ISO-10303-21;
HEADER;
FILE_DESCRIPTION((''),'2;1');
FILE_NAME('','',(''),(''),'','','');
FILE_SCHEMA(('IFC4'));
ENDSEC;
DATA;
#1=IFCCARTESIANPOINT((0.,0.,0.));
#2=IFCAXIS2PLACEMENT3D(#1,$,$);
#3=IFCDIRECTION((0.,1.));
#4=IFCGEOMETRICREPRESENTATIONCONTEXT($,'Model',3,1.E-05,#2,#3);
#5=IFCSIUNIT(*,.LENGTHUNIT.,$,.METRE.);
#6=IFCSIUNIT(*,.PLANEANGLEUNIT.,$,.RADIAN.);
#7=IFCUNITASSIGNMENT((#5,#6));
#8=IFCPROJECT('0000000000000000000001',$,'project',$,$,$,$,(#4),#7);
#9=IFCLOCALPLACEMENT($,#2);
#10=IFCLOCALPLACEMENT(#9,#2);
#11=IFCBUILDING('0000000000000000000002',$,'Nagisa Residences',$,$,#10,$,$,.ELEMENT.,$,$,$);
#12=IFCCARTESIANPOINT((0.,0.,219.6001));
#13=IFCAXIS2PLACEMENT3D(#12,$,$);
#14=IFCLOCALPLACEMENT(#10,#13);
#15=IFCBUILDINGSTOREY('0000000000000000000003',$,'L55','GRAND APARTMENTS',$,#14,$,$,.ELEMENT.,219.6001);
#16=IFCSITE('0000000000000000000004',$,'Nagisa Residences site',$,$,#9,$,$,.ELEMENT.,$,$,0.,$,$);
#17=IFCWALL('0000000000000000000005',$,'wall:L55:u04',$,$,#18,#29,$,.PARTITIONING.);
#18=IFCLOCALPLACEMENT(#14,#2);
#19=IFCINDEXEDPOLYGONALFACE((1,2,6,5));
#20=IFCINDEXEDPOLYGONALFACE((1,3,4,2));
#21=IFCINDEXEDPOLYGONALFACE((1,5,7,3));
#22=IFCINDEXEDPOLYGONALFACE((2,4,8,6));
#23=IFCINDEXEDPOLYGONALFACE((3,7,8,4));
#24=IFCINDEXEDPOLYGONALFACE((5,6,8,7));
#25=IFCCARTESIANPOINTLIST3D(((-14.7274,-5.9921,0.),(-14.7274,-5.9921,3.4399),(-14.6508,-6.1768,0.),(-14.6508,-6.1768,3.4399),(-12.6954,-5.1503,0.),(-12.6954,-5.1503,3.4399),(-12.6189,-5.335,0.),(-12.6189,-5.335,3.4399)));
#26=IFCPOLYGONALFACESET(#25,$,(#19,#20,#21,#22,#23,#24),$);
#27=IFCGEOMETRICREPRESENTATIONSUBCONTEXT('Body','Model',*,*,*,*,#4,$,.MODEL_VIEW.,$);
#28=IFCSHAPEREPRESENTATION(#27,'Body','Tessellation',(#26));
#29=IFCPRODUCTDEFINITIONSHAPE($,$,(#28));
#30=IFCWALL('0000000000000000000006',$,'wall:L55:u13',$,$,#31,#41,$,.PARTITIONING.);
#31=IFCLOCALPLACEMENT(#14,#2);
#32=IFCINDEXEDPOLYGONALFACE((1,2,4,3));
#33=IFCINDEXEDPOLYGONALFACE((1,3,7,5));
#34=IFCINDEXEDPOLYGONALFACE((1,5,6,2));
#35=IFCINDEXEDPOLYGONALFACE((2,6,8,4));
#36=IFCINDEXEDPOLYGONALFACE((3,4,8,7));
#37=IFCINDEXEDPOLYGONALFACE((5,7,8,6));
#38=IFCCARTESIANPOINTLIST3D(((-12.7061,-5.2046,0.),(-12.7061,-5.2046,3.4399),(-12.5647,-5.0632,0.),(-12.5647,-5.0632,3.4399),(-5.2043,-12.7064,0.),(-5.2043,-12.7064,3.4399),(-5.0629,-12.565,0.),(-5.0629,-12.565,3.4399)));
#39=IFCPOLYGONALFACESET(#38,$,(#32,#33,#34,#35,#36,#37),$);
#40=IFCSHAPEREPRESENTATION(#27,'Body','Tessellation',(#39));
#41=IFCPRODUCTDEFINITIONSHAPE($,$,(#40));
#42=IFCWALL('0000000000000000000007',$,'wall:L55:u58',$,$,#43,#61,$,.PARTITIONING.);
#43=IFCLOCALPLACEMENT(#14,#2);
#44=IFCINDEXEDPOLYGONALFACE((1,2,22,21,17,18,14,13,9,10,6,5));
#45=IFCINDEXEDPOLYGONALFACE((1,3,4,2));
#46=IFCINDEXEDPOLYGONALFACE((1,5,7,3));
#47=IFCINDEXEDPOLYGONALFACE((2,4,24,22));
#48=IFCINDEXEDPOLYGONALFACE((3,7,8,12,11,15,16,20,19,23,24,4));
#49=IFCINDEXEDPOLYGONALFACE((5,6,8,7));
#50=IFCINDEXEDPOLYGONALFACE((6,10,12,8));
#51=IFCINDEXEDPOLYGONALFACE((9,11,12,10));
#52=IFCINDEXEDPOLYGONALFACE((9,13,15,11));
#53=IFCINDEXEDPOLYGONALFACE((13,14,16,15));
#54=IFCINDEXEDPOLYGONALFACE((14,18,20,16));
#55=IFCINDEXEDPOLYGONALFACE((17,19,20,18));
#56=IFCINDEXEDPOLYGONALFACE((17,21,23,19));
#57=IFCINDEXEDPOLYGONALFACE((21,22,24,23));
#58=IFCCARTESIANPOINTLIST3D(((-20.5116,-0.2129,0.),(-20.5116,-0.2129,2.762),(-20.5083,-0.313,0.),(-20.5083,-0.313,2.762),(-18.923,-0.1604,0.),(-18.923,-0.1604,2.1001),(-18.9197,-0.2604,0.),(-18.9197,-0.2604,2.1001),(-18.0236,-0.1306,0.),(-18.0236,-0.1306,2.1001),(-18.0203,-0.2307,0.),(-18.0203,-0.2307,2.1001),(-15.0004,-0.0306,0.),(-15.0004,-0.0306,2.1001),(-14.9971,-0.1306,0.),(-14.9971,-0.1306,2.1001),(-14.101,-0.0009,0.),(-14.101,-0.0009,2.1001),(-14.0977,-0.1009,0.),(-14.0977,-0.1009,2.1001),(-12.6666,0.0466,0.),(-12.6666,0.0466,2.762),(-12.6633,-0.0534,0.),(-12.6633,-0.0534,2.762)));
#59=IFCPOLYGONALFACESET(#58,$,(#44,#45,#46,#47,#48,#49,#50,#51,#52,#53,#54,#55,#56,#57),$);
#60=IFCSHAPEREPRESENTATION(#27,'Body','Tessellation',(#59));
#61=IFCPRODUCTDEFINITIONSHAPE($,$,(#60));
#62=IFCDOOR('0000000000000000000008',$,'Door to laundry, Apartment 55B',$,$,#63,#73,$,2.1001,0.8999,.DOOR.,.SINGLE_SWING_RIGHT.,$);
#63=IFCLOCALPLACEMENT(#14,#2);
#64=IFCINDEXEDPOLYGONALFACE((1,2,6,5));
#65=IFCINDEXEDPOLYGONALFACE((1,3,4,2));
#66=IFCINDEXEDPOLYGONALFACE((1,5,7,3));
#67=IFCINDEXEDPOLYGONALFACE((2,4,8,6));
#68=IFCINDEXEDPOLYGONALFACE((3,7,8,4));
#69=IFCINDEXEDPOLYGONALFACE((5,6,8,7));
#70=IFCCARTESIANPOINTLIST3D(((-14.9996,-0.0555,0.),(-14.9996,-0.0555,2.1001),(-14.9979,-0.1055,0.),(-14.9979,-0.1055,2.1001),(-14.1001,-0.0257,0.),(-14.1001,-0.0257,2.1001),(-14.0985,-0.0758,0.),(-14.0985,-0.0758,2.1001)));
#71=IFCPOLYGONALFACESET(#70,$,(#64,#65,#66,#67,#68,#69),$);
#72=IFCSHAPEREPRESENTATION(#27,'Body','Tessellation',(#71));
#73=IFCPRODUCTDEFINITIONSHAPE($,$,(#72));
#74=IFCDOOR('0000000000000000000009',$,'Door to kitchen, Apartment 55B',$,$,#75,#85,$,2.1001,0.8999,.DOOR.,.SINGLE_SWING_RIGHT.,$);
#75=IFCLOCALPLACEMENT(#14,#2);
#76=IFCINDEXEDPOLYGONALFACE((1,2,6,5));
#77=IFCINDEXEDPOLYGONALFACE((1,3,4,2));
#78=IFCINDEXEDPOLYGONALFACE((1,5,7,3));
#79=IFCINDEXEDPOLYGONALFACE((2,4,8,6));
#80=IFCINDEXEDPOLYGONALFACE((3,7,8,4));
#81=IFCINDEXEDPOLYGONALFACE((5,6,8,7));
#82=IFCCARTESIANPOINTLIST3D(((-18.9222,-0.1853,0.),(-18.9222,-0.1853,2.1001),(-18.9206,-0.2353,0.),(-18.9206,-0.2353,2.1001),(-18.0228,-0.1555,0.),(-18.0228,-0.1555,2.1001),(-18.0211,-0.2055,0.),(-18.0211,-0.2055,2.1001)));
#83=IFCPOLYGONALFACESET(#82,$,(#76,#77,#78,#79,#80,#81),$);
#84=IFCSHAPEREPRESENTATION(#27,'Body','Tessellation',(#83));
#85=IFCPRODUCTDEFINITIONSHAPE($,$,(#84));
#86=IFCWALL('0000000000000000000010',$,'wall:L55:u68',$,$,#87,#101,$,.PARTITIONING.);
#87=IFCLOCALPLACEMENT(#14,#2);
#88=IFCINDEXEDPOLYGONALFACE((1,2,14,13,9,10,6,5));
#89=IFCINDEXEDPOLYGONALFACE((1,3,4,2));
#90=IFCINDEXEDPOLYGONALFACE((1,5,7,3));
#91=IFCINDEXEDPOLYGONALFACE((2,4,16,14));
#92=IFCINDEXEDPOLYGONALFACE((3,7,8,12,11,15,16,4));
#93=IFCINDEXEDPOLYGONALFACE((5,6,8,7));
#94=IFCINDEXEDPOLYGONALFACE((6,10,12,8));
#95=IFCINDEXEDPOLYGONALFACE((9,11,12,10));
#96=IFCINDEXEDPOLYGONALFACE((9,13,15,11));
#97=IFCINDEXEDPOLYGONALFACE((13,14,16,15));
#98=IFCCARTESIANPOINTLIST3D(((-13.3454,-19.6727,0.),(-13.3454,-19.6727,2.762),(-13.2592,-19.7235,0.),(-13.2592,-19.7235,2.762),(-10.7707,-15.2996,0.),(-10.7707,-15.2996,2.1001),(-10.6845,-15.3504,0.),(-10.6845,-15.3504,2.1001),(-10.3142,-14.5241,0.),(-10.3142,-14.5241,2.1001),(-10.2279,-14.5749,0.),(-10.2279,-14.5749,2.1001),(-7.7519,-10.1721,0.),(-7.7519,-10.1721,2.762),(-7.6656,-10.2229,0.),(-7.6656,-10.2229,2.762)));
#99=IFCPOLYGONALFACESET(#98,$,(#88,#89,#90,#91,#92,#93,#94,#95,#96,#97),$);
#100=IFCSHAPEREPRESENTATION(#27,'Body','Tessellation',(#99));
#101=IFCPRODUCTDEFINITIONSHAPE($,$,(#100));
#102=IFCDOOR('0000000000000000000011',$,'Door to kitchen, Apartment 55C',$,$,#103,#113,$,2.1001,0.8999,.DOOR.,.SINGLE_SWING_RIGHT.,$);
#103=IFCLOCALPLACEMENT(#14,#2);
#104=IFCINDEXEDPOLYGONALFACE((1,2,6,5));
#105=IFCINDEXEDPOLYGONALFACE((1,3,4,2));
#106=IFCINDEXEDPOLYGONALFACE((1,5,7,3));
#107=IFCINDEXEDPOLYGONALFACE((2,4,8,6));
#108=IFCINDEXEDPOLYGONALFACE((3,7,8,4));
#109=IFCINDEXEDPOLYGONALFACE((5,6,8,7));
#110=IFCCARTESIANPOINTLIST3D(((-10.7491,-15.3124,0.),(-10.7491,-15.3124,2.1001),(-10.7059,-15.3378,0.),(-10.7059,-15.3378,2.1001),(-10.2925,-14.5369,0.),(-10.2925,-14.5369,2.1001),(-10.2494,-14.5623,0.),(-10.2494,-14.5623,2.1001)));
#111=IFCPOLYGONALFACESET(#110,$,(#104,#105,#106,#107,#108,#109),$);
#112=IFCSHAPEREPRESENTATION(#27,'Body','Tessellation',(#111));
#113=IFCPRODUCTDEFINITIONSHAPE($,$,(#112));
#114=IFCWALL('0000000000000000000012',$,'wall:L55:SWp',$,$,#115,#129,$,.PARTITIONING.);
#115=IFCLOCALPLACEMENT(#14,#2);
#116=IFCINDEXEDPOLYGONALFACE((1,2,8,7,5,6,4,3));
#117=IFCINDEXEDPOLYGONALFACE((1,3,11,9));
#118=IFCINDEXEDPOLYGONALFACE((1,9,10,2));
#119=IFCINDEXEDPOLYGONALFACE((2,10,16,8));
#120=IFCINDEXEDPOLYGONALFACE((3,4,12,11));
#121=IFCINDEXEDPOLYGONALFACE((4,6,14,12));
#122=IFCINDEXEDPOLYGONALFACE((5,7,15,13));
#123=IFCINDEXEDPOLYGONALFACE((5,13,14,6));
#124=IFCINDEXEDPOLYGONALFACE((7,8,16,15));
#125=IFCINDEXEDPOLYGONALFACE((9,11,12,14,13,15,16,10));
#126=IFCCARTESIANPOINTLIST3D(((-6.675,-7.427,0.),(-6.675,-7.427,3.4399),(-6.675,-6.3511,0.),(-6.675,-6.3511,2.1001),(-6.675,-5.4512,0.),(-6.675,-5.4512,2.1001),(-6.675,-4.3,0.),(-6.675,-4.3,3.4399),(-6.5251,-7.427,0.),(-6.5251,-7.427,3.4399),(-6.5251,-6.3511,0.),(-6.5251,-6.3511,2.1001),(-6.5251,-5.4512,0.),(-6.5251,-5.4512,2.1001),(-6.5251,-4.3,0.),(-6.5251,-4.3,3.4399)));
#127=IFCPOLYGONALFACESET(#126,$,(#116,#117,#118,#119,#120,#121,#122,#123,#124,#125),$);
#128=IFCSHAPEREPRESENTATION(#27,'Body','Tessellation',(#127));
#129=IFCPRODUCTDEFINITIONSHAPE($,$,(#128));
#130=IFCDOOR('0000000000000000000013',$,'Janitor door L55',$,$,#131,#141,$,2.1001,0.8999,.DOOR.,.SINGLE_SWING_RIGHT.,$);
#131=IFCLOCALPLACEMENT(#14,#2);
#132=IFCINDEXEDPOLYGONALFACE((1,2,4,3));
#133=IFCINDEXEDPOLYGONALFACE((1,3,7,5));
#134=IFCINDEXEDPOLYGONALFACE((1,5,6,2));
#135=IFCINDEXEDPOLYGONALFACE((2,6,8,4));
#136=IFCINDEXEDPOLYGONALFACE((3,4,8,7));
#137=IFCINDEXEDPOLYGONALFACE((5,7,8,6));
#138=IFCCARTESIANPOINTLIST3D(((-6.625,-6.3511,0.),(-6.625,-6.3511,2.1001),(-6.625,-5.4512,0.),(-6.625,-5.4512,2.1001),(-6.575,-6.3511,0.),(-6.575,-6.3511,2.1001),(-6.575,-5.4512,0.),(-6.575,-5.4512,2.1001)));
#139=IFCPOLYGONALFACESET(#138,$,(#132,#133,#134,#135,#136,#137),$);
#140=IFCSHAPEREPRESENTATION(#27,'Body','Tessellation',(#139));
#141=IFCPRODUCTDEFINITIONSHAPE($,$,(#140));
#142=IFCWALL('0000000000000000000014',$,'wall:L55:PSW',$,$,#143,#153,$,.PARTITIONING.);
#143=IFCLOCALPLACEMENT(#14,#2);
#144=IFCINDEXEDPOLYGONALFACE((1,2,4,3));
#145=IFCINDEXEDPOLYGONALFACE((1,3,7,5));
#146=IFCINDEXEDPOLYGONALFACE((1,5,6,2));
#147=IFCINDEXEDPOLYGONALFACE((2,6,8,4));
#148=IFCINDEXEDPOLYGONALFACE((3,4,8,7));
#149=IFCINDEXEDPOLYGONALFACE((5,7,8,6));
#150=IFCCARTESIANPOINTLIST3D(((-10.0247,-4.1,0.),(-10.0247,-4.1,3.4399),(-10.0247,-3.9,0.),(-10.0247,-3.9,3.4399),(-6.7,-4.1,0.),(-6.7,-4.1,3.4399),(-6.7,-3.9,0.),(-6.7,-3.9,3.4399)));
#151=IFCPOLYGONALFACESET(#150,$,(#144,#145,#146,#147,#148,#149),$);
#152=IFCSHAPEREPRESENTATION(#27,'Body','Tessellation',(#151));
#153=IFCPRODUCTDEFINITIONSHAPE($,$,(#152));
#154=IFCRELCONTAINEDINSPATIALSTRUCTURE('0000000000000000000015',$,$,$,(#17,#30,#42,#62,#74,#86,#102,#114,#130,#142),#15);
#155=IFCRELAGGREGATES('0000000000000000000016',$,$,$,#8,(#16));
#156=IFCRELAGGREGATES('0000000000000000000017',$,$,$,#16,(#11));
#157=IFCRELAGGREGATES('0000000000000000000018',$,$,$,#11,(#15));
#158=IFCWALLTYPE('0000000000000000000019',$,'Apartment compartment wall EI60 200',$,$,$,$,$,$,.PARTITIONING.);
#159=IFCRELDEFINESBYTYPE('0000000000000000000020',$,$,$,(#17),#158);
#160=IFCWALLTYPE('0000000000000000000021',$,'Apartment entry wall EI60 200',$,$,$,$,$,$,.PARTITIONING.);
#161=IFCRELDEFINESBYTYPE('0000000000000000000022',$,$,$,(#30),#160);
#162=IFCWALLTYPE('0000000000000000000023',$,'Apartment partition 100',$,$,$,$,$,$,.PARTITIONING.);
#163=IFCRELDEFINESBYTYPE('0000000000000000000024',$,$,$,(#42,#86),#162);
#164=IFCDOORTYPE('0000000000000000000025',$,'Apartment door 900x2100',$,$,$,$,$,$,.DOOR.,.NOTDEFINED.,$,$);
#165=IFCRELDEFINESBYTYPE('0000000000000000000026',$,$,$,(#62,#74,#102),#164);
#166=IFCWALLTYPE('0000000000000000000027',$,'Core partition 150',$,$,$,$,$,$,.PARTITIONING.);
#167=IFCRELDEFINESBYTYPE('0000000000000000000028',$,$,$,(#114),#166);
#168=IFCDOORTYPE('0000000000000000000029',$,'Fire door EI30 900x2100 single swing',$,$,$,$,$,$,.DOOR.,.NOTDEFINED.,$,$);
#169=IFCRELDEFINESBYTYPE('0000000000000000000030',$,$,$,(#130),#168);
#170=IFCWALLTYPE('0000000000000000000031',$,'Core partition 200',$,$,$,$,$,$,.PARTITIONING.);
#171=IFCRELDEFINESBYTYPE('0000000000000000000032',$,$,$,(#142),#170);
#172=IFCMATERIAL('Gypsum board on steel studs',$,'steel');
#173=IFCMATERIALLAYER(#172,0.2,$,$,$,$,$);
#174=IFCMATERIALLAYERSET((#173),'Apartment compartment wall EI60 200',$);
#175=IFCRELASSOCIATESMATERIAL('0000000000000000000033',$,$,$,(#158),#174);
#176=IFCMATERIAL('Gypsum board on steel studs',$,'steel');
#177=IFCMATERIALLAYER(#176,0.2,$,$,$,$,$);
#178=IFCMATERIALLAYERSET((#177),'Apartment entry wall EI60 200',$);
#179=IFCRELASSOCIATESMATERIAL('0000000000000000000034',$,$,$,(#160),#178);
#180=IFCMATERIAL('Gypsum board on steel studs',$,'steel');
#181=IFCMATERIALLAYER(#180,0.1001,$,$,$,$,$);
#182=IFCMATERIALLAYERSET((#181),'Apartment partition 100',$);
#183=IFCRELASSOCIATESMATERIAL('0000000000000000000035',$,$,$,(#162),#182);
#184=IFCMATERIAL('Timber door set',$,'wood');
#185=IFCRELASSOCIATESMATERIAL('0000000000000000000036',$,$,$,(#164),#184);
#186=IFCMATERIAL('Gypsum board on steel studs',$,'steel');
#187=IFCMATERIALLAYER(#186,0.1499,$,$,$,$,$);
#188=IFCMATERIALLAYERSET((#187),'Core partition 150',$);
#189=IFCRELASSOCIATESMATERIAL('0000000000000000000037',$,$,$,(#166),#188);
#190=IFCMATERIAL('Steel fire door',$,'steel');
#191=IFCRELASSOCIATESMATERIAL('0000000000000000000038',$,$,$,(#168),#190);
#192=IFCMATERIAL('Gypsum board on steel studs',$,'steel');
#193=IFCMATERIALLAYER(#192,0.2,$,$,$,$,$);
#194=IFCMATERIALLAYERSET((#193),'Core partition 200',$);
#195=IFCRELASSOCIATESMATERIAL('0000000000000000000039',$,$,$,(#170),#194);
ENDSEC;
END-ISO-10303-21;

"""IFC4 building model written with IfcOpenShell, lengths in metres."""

from ifc_helpers import new_model, si_unit, direction, frame, frame_2d, origin, place, context, subcontext, project, spatial, rectangle, extrude, material, layer, layer_set, type_object, element, fill, save


model = new_model("IFC4")

# Units and contexts
model_context = context("Model", 3, precision=1e-05, world=origin(), true_north=direction((0.0, 1.0)))
body_context = subcontext(model_context, "Body", "Model", "MODEL_VIEW")
ifc_project = project(units=[si_unit("LENGTHUNIT", "METRE"), si_unit("PLANEANGLEUNIT", "RADIAN")], contexts=[model_context])

# Site, building, storey
site_placement = place(None, origin())
site = spatial("IfcSite", under=ifc_project, at=site_placement, Name="Nagisa Residences site", CompositionType="ELEMENT", RefElevation=0.0)
building_placement = place(site_placement, origin())
building = spatial("IfcBuilding", under=site, at=building_placement, Name="Nagisa Residences", CompositionType="ELEMENT")
storey_placement = place(building_placement, frame((0.0, 0.0, 219.6001)))
storey = spatial("IfcBuildingStorey", under=building, at=storey_placement, Name="L55", Description="GRAND APARTMENTS", CompositionType="ELEMENT", Elevation=219.6001)

# Walls
ifc_material_1 = material(Name="Gypsum board on steel studs", Category="steel")
ifc_layer_1 = layer(ifc_material_1, 0.2)
ifc_layer_set_1 = layer_set([ifc_layer_1], Name="Apartment compartment wall EI60 200")
wall_type_1 = type_object("IfcWallType", Name="Apartment compartment wall EI60 200", PredefinedType="PARTITIONING", material=ifc_layer_set_1)
wall_1_placement = place(storey_placement, frame((-12.6572, -5.2427, 0.0), z_axis=(0.0, 0.0, 1.0), x_axis=(-0.92386, -0.382731, 0.0)))
element("IfcWall", 1, at=wall_1_placement, inside=storey, type_object=wall_type_1, Name="wall:L55:u04", PredefinedType="PARTITIONING", context=body_context, shape_type="SweptSolid", body=[
    extrude(rectangle(XDim=2.1995, YDim=0.2, at=frame_2d((1.0996, 0.0))), origin(), (0.0, 0.0, 1.0), 3.4399),
])
ifc_material_2 = material(Name="Gypsum board on steel studs", Category="steel")
ifc_layer_2 = layer(ifc_material_2, 0.2)
ifc_layer_set_2 = layer_set([ifc_layer_2], Name="Apartment entry wall EI60 200")
wall_type_2 = type_object("IfcWallType", Name="Apartment entry wall EI60 200", PredefinedType="PARTITIONING", material=ifc_layer_set_2)
wall_2_placement = place(storey_placement, frame((-12.6355, -5.1338, 0.0), z_axis=(0.0, 0.0, 1.0), x_axis=(0.707107, -0.707107, 0.0)))
element("IfcWall", 2, at=wall_2_placement, inside=storey, type_object=wall_type_2, Name="wall:L55:u13", PredefinedType="PARTITIONING", context=body_context, shape_type="SweptSolid", body=[
    extrude(rectangle(XDim=10.6091, YDim=0.2, at=frame_2d((5.3047, 0.0))), origin(), (0.0, 0.0, 1.0), 3.4399),
])

# Wall, openings, doors
ifc_material_3 = material(Name="Gypsum board on steel studs", Category="steel")
ifc_layer_3 = layer(ifc_material_3, 0.1001)
ifc_layer_set_3 = layer_set([ifc_layer_3], Name="Apartment partition 100")
wall_type_3 = type_object("IfcWallType", Name="Apartment partition 100", PredefinedType="PARTITIONING", material=ifc_layer_set_3)
wall_3_placement = place(storey_placement, frame((-12.6648, -0.0034, 0.0), z_axis=(0.0, 0.0, 1.0), x_axis=(-0.999453, -0.033063, 0.0)))
wall_3 = element("IfcWall", 3, at=wall_3_placement, inside=storey, type_object=wall_type_3, Name="wall:L55:u58", PredefinedType="PARTITIONING", context=body_context, shape_type="SweptSolid", body=[
    extrude(rectangle(XDim=7.8494, YDim=0.1001, at=frame_2d((3.9248, 0.0))), origin(), (0.0, 0.0, 1.0), 2.762),
])
opening_1_placement = place(wall_3_placement, frame((1.4353, 0.0, 0.0)))
opening_1 = element("IfcOpeningElement", 4, at=opening_1_placement, cuts=wall_3, PredefinedType="OPENING", context=body_context, shape_type="SweptSolid", body=[
    extrude(rectangle(XDim=0.8999, YDim=2.1001, at=frame_2d((0.45, 1.05))), frame((0.0, 0.0601, 0.0), z_axis=(0.0, -1.0, 0.0), x_axis=(1.0, 0.0, 0.0)), (0.0, 0.0, 1.0), 0.1201),
])
opening_2_placement = place(wall_3_placement, frame((5.3601, 0.0, 0.0)))
opening_2 = element("IfcOpeningElement", 5, at=opening_2_placement, cuts=wall_3, PredefinedType="OPENING", context=body_context, shape_type="SweptSolid", body=[
    extrude(rectangle(XDim=0.8999, YDim=2.1001, at=frame_2d((0.45, 1.05))), frame((0.0, 0.0601, 0.0), z_axis=(0.0, -1.0, 0.0), x_axis=(1.0, 0.0, 0.0)), (0.0, 0.0, 1.0), 0.1201),
])
ifc_material_4 = material(Name="Timber door set", Category="wood")
door_type_1 = type_object("IfcDoorType", Name="Apartment door 900x2100", OperationType="NOTDEFINED", PredefinedType="DOOR", material=ifc_material_4)
door_1_placement = place(opening_1_placement, origin())
door_1 = element("IfcDoor", 6, at=door_1_placement, inside=storey, type_object=door_type_1, Name="Door to laundry, Apartment 55B", OperationType="SINGLE_SWING_RIGHT", OverallHeight=2.1001, OverallWidth=0.8999, PredefinedType="DOOR", context=body_context, shape_type="SweptSolid", body=[
    extrude(rectangle(XDim=0.8999, YDim=2.1001, at=frame_2d((0.45, 1.05))), frame((0.0, 0.0249, 0.0), z_axis=(0.0, -1.0, 0.0), x_axis=(1.0, 0.0, 0.0)), (0.0, 0.0, 1.0), 0.05),
])
fill(opening_1, door_1)
door_2_placement = place(opening_2_placement, origin())
door_2 = element("IfcDoor", 7, at=door_2_placement, inside=storey, type_object=door_type_1, Name="Door to kitchen, Apartment 55B", OperationType="SINGLE_SWING_RIGHT", OverallHeight=2.1001, OverallWidth=0.8999, PredefinedType="DOOR", context=body_context, shape_type="SweptSolid", body=[
    extrude(rectangle(XDim=0.8999, YDim=2.1001, at=frame_2d((0.45, 1.05))), frame((0.0, 0.0249, 0.0), z_axis=(0.0, -1.0, 0.0), x_axis=(1.0, 0.0, 0.0)), (0.0, 0.0, 1.0), 0.05),
])
fill(opening_2, door_2)

# Walls, openings, doors
wall_4_placement = place(storey_placement, frame((-7.7087, -10.1975, 0.0), z_axis=(0.0, 0.0, 1.0), x_axis=(-0.507356, -0.861737, 0.0)))
wall_4 = element("IfcWall", 8, at=wall_4_placement, inside=storey, type_object=wall_type_3, Name="wall:L55:u68", PredefinedType="PARTITIONING", context=body_context, shape_type="SweptSolid", body=[
    extrude(rectangle(XDim=11.0249, YDim=0.1001, at=frame_2d((5.5125, 0.0))), origin(), (0.0, 0.0, 1.0), 2.762),
])
opening_3_placement = place(wall_4_placement, frame((5.0503, 0.0, 0.0)))
opening_3 = element("IfcOpeningElement", 9, at=opening_3_placement, cuts=wall_4, PredefinedType="OPENING", context=body_context, shape_type="SweptSolid", body=[
    extrude(rectangle(XDim=0.8999, YDim=2.1001, at=frame_2d((0.45, 1.05))), frame((0.0, 0.0601, 0.0), z_axis=(0.0, -1.0, 0.0), x_axis=(1.0, 0.0, 0.0)), (0.0, 0.0, 1.0), 0.1201),
])
door_3_placement = place(opening_3_placement, frame((0.8999, 0.0, 0.0), x_axis=(-1.0, 0.0, 0.0)))
door_3 = element("IfcDoor", 10, at=door_3_placement, inside=storey, type_object=door_type_1, Name="Door to kitchen, Apartment 55C", OperationType="SINGLE_SWING_RIGHT", OverallHeight=2.1001, OverallWidth=0.8999, PredefinedType="DOOR", context=body_context, shape_type="SweptSolid", body=[
    extrude(rectangle(XDim=0.8999, YDim=2.1001, at=frame_2d((0.45, 1.05))), frame((0.0, 0.0249, 0.0), z_axis=(0.0, -1.0, 0.0), x_axis=(1.0, 0.0, 0.0)), (0.0, 0.0, 1.0), 0.05),
])
fill(opening_3, door_3)
ifc_material_5 = material(Name="Gypsum board on steel studs", Category="steel")
ifc_layer_4 = layer(ifc_material_5, 0.1499)
ifc_layer_set_4 = layer_set([ifc_layer_4], Name="Core partition 150")
wall_type_4 = type_object("IfcWallType", Name="Core partition 150", PredefinedType="PARTITIONING", material=ifc_layer_set_4)
wall_5_placement = place(storey_placement, frame((-6.6001, -7.427, 0.0), z_axis=(0.0, 0.0, 1.0), x_axis=(0.0, 1.0, 0.0)))
wall_5 = element("IfcWall", 11, at=wall_5_placement, inside=storey, type_object=wall_type_4, Name="wall:L55:SWp", PredefinedType="PARTITIONING", context=body_context, shape_type="SweptSolid", body=[
    extrude(rectangle(XDim=3.127, YDim=0.1499, at=frame_2d((1.5635, 0.0))), origin(), (0.0, 0.0, 1.0), 3.4399),
])
opening_4_placement = place(wall_5_placement, frame((1.0759, 0.0, 0.0)))
opening_4 = element("IfcOpeningElement", 12, at=opening_4_placement, cuts=wall_5, PredefinedType="OPENING", context=body_context, shape_type="SweptSolid", body=[
    extrude(rectangle(XDim=0.8999, YDim=2.1001, at=frame_2d((0.45, 1.05))), frame((0.0, 0.085, 0.0), z_axis=(0.0, -1.0, 0.0), x_axis=(1.0, 0.0, 0.0)), (0.0, 0.0, 1.0), 0.1699),
])
ifc_material_6 = material(Name="Steel fire door", Category="steel")
door_type_2 = type_object("IfcDoorType", Name="Fire door EI30 900x2100 single swing", OperationType="NOTDEFINED", PredefinedType="DOOR", material=ifc_material_6)
door_4_placement = place(opening_4_placement, origin())
door_4 = element("IfcDoor", 13, at=door_4_placement, inside=storey, type_object=door_type_2, Name="Janitor door L55", OperationType="SINGLE_SWING_RIGHT", OverallHeight=2.1001, OverallWidth=0.8999, PredefinedType="DOOR", context=body_context, shape_type="SweptSolid", body=[
    extrude(rectangle(XDim=0.8999, YDim=2.1001, at=frame_2d((0.45, 1.05))), frame((0.0, 0.0249, 0.0), z_axis=(0.0, -1.0, 0.0), x_axis=(1.0, 0.0, 0.0)), (0.0, 0.0, 1.0), 0.05),
])
fill(opening_4, door_4)

# Wall
ifc_material_7 = material(Name="Gypsum board on steel studs", Category="steel")
ifc_layer_5 = layer(ifc_material_7, 0.2)
ifc_layer_set_5 = layer_set([ifc_layer_5], Name="Core partition 200")
wall_type_5 = type_object("IfcWallType", Name="Core partition 200", PredefinedType="PARTITIONING", material=ifc_layer_set_5)
wall_6_placement = place(storey_placement, frame((-10.0247, -4.0, 0.0), z_axis=(0.0, 0.0, 1.0), x_axis=(1.0, 0.0, 0.0)))
element("IfcWall", 14, at=wall_6_placement, inside=storey, type_object=wall_type_5, Name="wall:L55:PSW", PredefinedType="PARTITIONING", context=body_context, shape_type="SweptSolid", body=[
    extrude(rectangle(XDim=3.3247, YDim=0.2, at=frame_2d((1.6624, 0.0))), origin(), (0.0, 0.0, 1.0), 3.4399),
])

save(model, "model.ifc")
